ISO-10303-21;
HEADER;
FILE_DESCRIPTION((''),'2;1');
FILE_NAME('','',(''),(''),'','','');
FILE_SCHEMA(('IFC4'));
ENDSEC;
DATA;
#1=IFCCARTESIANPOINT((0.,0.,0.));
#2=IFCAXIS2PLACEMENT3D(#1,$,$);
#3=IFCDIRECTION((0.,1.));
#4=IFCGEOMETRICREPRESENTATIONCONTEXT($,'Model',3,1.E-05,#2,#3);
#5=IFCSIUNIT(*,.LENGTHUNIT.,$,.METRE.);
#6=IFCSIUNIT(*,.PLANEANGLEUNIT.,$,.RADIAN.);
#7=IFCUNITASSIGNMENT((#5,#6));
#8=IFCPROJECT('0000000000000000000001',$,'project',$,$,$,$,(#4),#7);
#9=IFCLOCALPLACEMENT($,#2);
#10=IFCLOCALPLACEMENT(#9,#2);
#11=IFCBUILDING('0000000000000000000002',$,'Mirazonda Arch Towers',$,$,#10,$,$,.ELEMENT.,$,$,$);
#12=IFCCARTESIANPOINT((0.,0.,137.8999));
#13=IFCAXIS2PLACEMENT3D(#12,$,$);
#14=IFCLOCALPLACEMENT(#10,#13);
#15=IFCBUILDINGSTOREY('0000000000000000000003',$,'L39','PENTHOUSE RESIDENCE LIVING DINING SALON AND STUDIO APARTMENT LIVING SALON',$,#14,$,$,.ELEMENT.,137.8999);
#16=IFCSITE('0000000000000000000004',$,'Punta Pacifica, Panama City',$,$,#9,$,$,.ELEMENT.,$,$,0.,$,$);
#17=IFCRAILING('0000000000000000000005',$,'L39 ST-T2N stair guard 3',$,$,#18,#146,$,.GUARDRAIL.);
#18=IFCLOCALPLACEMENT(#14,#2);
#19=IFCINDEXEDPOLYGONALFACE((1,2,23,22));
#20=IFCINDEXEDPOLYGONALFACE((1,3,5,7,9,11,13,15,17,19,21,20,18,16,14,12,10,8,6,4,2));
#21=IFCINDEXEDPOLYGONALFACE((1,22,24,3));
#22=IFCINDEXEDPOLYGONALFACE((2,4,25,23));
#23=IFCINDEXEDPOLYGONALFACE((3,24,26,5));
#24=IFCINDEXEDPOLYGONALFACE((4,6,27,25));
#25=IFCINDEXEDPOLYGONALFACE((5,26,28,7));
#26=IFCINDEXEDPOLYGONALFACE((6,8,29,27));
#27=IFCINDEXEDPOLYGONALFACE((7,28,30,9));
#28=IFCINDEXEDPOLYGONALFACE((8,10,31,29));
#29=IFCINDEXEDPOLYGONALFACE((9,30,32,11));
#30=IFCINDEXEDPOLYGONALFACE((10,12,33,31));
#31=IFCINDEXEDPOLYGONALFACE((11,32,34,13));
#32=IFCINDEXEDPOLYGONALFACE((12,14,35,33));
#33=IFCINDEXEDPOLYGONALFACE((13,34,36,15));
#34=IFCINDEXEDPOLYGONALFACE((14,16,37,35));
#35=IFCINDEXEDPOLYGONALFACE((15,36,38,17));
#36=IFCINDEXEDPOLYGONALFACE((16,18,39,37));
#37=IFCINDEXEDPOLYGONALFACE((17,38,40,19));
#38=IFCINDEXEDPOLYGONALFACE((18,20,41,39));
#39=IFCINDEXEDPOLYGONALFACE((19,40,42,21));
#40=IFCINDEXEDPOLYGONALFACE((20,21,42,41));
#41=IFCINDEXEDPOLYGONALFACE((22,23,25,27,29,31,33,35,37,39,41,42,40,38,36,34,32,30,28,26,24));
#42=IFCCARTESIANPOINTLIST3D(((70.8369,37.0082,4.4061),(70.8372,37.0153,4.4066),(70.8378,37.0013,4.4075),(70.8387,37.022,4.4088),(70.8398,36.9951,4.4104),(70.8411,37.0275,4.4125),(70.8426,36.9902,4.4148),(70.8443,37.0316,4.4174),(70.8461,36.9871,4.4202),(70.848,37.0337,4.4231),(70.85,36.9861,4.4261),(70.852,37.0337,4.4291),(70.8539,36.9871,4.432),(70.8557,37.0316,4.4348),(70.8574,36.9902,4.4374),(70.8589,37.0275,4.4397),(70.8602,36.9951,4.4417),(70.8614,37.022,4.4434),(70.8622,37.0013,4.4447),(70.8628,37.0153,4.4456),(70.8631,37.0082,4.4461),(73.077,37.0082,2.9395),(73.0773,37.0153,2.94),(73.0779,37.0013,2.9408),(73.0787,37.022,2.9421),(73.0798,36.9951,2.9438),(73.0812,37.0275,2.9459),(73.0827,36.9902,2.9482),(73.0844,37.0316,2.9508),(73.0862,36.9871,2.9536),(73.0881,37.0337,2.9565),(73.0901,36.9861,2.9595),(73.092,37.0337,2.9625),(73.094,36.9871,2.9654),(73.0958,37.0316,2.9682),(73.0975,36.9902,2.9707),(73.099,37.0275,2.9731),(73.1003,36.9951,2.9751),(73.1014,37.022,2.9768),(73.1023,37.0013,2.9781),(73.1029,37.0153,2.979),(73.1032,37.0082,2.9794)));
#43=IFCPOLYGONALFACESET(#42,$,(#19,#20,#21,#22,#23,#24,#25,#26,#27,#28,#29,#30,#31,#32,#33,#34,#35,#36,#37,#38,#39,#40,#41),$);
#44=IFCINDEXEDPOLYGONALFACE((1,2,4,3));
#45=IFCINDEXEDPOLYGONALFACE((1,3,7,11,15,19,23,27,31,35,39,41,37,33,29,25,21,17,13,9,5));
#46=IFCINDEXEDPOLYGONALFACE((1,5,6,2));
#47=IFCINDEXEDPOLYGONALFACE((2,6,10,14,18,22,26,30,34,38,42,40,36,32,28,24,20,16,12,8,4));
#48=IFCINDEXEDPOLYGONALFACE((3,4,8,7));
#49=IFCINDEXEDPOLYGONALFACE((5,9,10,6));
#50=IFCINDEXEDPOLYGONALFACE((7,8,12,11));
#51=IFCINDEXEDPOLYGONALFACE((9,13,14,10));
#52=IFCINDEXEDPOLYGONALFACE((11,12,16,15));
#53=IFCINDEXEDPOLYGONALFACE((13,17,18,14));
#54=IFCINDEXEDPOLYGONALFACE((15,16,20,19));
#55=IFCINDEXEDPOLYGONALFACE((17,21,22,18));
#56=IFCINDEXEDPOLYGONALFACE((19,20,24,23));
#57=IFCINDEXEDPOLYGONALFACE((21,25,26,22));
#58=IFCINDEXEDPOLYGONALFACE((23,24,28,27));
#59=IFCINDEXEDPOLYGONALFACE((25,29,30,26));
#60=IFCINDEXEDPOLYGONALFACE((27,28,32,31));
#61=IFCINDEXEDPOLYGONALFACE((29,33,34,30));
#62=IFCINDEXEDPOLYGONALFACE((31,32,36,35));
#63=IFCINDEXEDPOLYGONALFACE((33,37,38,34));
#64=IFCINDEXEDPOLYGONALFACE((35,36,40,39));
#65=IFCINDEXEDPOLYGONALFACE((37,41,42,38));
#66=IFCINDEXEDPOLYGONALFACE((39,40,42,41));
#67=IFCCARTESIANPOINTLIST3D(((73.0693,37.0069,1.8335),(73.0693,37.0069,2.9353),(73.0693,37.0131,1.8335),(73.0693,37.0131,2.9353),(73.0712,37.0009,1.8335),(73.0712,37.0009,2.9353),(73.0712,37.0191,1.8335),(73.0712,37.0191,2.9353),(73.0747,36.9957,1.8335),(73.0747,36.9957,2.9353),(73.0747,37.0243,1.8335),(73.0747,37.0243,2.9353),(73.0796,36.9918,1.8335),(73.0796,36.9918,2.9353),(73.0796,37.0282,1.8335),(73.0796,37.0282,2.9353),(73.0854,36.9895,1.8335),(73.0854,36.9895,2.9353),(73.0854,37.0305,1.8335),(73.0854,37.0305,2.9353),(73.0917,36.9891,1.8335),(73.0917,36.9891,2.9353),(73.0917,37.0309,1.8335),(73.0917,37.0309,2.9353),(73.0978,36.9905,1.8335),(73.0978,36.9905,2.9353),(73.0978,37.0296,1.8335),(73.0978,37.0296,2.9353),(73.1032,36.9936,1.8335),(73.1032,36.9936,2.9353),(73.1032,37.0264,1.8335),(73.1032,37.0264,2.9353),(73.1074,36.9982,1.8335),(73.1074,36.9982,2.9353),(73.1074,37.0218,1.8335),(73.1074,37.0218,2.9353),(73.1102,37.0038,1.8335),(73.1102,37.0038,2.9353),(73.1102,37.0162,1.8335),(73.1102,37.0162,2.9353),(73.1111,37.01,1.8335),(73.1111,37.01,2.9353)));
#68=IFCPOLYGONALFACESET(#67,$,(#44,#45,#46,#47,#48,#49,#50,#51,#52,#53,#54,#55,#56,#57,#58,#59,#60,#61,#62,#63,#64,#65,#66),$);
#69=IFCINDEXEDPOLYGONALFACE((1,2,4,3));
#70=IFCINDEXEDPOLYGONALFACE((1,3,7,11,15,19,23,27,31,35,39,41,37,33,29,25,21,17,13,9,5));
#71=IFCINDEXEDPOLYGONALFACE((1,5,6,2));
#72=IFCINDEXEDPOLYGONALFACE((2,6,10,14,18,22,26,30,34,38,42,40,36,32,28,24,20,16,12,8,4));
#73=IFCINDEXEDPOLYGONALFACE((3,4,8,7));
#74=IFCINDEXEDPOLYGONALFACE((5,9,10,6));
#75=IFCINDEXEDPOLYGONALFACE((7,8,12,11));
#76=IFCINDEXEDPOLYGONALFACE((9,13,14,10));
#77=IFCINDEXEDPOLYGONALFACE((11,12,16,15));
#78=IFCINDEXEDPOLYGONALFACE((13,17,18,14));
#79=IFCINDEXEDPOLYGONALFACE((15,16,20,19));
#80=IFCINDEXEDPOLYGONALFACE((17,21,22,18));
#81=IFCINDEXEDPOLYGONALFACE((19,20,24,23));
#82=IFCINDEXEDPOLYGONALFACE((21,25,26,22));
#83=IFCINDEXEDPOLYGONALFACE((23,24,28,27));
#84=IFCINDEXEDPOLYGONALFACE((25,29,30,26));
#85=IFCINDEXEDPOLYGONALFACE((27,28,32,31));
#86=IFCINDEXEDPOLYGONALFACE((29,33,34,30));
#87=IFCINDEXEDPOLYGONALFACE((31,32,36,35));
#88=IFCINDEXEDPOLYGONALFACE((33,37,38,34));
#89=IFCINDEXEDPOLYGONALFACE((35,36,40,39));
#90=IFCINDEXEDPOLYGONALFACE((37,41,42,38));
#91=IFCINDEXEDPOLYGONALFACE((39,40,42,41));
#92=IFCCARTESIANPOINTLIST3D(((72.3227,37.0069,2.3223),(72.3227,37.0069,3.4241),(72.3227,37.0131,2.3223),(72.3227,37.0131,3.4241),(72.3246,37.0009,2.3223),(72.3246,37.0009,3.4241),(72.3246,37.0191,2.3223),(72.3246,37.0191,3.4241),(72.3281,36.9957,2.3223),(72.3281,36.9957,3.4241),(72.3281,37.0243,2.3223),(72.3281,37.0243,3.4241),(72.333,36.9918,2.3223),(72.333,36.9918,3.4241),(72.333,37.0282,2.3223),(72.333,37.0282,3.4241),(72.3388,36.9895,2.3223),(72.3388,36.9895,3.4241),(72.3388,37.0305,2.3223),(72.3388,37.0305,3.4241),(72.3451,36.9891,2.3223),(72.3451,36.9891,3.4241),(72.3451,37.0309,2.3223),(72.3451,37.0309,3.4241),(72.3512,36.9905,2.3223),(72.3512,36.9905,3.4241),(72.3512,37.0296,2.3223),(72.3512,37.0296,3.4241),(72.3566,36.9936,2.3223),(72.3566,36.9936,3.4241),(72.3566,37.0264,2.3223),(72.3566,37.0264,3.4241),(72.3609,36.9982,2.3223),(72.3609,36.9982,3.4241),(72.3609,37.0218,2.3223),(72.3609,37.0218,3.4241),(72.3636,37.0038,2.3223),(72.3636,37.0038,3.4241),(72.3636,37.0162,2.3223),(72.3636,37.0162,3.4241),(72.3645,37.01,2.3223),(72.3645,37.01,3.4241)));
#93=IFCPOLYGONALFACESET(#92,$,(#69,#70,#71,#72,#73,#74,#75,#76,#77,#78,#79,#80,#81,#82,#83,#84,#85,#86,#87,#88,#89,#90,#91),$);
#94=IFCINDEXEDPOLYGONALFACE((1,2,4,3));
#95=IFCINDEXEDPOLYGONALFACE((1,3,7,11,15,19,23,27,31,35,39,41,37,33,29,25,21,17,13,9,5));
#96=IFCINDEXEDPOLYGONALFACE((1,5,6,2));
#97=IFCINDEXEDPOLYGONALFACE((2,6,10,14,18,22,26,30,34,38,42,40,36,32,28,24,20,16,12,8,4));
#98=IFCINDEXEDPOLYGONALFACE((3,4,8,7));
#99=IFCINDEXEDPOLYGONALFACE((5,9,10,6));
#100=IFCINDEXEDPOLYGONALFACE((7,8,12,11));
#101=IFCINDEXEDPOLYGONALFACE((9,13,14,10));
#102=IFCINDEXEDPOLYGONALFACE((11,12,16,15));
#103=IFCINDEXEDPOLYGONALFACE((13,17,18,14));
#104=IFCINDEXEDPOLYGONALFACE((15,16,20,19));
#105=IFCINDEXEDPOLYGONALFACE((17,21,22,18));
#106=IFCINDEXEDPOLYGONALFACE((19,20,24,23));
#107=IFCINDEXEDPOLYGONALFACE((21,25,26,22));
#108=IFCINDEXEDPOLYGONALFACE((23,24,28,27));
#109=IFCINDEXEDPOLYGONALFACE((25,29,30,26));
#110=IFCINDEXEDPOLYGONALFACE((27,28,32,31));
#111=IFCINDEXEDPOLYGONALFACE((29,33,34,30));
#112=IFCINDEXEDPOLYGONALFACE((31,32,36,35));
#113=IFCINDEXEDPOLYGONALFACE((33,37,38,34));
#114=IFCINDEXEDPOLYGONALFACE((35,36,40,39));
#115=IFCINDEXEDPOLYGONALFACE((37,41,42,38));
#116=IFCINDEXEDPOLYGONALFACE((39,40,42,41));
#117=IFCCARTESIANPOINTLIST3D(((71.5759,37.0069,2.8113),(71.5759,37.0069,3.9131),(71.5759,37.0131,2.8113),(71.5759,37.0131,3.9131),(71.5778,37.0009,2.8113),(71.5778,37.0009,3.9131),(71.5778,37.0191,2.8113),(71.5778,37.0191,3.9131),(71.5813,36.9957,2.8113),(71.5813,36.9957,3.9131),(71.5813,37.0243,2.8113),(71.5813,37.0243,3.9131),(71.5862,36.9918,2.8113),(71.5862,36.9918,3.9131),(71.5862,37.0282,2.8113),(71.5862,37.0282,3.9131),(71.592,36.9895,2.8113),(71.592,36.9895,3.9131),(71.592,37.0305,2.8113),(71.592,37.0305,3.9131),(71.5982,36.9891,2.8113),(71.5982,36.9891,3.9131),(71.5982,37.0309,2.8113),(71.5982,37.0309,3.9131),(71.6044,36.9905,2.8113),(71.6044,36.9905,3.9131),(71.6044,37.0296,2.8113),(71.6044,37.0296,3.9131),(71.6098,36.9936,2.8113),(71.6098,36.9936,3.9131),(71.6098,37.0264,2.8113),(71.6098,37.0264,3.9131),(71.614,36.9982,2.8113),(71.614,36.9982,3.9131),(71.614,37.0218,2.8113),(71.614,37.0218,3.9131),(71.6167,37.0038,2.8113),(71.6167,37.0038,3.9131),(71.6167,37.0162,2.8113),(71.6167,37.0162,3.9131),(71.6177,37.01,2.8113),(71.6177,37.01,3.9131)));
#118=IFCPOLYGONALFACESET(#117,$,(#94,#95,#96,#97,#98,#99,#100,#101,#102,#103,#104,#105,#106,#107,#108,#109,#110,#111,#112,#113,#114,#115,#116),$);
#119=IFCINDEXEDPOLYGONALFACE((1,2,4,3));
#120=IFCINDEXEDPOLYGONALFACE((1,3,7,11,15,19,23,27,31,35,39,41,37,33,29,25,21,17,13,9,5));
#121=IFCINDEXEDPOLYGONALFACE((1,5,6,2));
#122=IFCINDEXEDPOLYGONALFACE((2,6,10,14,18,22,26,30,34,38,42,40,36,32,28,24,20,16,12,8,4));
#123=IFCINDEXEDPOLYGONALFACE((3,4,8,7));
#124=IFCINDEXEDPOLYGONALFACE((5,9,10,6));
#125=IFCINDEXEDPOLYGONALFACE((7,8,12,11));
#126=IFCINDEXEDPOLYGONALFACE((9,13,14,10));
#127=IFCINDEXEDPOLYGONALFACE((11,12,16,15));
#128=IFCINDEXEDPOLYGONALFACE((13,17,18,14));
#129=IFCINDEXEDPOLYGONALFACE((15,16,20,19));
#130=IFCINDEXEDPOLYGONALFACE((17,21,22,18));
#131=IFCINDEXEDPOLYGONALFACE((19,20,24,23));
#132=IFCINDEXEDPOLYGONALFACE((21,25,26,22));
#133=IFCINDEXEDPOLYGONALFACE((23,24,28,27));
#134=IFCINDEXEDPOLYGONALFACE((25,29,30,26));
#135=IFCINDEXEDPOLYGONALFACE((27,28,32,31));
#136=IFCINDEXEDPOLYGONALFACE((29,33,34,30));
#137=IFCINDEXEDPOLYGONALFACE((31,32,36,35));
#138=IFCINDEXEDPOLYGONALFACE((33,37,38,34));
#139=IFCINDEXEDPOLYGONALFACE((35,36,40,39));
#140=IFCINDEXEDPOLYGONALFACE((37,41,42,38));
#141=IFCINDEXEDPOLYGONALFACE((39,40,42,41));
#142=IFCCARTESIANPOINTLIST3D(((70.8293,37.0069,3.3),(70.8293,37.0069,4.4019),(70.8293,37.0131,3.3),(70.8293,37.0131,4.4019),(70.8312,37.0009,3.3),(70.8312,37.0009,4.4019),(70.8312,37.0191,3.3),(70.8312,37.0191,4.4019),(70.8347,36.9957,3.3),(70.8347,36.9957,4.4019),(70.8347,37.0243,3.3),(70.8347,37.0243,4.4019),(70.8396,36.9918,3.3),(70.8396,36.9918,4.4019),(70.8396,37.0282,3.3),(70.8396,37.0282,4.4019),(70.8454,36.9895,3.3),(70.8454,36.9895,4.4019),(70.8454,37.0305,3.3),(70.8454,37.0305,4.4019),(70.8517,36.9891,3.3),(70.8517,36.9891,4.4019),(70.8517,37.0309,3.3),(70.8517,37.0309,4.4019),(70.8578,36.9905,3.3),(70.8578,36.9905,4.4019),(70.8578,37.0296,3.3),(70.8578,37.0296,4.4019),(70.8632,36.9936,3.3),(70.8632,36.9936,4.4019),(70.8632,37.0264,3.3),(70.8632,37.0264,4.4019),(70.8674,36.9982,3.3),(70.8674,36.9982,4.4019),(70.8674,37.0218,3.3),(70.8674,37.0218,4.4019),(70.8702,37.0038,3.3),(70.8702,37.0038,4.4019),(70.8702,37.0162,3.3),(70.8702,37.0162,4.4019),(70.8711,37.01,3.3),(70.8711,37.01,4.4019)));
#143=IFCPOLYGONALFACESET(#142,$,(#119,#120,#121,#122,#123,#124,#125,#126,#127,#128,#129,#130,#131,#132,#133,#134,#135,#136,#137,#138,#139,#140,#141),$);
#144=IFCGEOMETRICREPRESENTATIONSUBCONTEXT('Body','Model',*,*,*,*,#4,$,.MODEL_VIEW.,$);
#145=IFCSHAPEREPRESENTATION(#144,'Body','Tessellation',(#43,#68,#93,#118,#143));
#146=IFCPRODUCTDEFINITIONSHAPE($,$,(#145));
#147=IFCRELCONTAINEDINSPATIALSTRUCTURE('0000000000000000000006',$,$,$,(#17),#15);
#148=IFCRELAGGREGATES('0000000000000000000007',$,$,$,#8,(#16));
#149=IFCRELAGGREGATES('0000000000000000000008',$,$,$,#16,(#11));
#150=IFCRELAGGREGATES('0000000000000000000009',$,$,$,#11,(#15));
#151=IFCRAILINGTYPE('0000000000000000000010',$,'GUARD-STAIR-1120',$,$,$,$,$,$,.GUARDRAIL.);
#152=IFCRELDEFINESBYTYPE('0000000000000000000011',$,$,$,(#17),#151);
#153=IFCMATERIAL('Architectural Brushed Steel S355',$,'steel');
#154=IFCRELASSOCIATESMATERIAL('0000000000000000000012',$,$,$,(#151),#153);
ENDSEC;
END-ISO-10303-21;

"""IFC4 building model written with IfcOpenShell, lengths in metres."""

from ifc_helpers import new_model, si_unit, direction, frame, origin, origin_2d, place, context, subcontext, project, spatial, circle, extrude, material, type_object, element, save


model = new_model("IFC4")

# Units and contexts
model_context = context("Model", 3, precision=1e-05, world=origin(), true_north=direction((0.0, 1.0)))
body_context = subcontext(model_context, "Body", "Model", "MODEL_VIEW")
ifc_project = project(units=[si_unit("LENGTHUNIT", "METRE"), si_unit("PLANEANGLEUNIT", "RADIAN")], contexts=[model_context])

# Site, building, storey
site_placement = place(None, origin())
site = spatial("IfcSite", under=ifc_project, at=site_placement, Name="Punta Pacifica, Panama City", CompositionType="ELEMENT", RefElevation=0.0)
building_placement = place(site_placement, origin())
building = spatial("IfcBuilding", under=site, at=building_placement, Name="Mirazonda Arch Towers", CompositionType="ELEMENT")
storey_placement = place(building_placement, frame((0.0, 0.0, 137.8999)))
storey = spatial("IfcBuildingStorey", under=building, at=storey_placement, Name="L39", Description="PENTHOUSE RESIDENCE LIVING DINING SALON AND STUDIO APARTMENT LIVING SALON", CompositionType="ELEMENT", Elevation=137.8999)

# Shared definitions
ifc_material_1 = material(Name="Architectural Brushed Steel S355", Category="steel")

# Railing
railing_type_1 = type_object("IfcRailingType", Name="GUARD-STAIR-1120", PredefinedType="GUARDRAIL", material=ifc_material_1)
railing_1_placement = place(storey_placement, frame((73.0901, 37.01, 1.8335)))
element("IfcRailing", 1, at=railing_1_placement, inside=storey, type_object=railing_type_1, Name="L39 ST-T2N stair guard 3", PredefinedType="GUARDRAIL", context=body_context, shape_type="SweptSolid", body=[
    extrude(circle(Radius=0.0239, at=origin_2d()), frame((0.0, 0.0, 1.126), z_axis=(-0.836637, 0.0, 0.547758), x_axis=(0.0, -1.0, 0.0)), (0.0, 0.0, 1.0), 2.6775),
    extrude(circle(Radius=0.021, at=origin_2d()), origin(), (0.0, 0.0, 1.0), 1.1018),
    extrude(circle(Radius=0.021, at=origin_2d()), frame((-0.7466, 0.0, 0.4888)), (0.0, 0.0, 1.0), 1.1018),
    extrude(circle(Radius=0.021, at=origin_2d()), frame((-1.4934, 0.0, 0.9778)), (0.0, 0.0, 1.0), 1.1018),
    extrude(circle(Radius=0.021, at=origin_2d()), frame((-2.24, 0.0, 1.4666)), (0.0, 0.0, 1.0), 1.1018),
])

save(model, "model.ifc")
